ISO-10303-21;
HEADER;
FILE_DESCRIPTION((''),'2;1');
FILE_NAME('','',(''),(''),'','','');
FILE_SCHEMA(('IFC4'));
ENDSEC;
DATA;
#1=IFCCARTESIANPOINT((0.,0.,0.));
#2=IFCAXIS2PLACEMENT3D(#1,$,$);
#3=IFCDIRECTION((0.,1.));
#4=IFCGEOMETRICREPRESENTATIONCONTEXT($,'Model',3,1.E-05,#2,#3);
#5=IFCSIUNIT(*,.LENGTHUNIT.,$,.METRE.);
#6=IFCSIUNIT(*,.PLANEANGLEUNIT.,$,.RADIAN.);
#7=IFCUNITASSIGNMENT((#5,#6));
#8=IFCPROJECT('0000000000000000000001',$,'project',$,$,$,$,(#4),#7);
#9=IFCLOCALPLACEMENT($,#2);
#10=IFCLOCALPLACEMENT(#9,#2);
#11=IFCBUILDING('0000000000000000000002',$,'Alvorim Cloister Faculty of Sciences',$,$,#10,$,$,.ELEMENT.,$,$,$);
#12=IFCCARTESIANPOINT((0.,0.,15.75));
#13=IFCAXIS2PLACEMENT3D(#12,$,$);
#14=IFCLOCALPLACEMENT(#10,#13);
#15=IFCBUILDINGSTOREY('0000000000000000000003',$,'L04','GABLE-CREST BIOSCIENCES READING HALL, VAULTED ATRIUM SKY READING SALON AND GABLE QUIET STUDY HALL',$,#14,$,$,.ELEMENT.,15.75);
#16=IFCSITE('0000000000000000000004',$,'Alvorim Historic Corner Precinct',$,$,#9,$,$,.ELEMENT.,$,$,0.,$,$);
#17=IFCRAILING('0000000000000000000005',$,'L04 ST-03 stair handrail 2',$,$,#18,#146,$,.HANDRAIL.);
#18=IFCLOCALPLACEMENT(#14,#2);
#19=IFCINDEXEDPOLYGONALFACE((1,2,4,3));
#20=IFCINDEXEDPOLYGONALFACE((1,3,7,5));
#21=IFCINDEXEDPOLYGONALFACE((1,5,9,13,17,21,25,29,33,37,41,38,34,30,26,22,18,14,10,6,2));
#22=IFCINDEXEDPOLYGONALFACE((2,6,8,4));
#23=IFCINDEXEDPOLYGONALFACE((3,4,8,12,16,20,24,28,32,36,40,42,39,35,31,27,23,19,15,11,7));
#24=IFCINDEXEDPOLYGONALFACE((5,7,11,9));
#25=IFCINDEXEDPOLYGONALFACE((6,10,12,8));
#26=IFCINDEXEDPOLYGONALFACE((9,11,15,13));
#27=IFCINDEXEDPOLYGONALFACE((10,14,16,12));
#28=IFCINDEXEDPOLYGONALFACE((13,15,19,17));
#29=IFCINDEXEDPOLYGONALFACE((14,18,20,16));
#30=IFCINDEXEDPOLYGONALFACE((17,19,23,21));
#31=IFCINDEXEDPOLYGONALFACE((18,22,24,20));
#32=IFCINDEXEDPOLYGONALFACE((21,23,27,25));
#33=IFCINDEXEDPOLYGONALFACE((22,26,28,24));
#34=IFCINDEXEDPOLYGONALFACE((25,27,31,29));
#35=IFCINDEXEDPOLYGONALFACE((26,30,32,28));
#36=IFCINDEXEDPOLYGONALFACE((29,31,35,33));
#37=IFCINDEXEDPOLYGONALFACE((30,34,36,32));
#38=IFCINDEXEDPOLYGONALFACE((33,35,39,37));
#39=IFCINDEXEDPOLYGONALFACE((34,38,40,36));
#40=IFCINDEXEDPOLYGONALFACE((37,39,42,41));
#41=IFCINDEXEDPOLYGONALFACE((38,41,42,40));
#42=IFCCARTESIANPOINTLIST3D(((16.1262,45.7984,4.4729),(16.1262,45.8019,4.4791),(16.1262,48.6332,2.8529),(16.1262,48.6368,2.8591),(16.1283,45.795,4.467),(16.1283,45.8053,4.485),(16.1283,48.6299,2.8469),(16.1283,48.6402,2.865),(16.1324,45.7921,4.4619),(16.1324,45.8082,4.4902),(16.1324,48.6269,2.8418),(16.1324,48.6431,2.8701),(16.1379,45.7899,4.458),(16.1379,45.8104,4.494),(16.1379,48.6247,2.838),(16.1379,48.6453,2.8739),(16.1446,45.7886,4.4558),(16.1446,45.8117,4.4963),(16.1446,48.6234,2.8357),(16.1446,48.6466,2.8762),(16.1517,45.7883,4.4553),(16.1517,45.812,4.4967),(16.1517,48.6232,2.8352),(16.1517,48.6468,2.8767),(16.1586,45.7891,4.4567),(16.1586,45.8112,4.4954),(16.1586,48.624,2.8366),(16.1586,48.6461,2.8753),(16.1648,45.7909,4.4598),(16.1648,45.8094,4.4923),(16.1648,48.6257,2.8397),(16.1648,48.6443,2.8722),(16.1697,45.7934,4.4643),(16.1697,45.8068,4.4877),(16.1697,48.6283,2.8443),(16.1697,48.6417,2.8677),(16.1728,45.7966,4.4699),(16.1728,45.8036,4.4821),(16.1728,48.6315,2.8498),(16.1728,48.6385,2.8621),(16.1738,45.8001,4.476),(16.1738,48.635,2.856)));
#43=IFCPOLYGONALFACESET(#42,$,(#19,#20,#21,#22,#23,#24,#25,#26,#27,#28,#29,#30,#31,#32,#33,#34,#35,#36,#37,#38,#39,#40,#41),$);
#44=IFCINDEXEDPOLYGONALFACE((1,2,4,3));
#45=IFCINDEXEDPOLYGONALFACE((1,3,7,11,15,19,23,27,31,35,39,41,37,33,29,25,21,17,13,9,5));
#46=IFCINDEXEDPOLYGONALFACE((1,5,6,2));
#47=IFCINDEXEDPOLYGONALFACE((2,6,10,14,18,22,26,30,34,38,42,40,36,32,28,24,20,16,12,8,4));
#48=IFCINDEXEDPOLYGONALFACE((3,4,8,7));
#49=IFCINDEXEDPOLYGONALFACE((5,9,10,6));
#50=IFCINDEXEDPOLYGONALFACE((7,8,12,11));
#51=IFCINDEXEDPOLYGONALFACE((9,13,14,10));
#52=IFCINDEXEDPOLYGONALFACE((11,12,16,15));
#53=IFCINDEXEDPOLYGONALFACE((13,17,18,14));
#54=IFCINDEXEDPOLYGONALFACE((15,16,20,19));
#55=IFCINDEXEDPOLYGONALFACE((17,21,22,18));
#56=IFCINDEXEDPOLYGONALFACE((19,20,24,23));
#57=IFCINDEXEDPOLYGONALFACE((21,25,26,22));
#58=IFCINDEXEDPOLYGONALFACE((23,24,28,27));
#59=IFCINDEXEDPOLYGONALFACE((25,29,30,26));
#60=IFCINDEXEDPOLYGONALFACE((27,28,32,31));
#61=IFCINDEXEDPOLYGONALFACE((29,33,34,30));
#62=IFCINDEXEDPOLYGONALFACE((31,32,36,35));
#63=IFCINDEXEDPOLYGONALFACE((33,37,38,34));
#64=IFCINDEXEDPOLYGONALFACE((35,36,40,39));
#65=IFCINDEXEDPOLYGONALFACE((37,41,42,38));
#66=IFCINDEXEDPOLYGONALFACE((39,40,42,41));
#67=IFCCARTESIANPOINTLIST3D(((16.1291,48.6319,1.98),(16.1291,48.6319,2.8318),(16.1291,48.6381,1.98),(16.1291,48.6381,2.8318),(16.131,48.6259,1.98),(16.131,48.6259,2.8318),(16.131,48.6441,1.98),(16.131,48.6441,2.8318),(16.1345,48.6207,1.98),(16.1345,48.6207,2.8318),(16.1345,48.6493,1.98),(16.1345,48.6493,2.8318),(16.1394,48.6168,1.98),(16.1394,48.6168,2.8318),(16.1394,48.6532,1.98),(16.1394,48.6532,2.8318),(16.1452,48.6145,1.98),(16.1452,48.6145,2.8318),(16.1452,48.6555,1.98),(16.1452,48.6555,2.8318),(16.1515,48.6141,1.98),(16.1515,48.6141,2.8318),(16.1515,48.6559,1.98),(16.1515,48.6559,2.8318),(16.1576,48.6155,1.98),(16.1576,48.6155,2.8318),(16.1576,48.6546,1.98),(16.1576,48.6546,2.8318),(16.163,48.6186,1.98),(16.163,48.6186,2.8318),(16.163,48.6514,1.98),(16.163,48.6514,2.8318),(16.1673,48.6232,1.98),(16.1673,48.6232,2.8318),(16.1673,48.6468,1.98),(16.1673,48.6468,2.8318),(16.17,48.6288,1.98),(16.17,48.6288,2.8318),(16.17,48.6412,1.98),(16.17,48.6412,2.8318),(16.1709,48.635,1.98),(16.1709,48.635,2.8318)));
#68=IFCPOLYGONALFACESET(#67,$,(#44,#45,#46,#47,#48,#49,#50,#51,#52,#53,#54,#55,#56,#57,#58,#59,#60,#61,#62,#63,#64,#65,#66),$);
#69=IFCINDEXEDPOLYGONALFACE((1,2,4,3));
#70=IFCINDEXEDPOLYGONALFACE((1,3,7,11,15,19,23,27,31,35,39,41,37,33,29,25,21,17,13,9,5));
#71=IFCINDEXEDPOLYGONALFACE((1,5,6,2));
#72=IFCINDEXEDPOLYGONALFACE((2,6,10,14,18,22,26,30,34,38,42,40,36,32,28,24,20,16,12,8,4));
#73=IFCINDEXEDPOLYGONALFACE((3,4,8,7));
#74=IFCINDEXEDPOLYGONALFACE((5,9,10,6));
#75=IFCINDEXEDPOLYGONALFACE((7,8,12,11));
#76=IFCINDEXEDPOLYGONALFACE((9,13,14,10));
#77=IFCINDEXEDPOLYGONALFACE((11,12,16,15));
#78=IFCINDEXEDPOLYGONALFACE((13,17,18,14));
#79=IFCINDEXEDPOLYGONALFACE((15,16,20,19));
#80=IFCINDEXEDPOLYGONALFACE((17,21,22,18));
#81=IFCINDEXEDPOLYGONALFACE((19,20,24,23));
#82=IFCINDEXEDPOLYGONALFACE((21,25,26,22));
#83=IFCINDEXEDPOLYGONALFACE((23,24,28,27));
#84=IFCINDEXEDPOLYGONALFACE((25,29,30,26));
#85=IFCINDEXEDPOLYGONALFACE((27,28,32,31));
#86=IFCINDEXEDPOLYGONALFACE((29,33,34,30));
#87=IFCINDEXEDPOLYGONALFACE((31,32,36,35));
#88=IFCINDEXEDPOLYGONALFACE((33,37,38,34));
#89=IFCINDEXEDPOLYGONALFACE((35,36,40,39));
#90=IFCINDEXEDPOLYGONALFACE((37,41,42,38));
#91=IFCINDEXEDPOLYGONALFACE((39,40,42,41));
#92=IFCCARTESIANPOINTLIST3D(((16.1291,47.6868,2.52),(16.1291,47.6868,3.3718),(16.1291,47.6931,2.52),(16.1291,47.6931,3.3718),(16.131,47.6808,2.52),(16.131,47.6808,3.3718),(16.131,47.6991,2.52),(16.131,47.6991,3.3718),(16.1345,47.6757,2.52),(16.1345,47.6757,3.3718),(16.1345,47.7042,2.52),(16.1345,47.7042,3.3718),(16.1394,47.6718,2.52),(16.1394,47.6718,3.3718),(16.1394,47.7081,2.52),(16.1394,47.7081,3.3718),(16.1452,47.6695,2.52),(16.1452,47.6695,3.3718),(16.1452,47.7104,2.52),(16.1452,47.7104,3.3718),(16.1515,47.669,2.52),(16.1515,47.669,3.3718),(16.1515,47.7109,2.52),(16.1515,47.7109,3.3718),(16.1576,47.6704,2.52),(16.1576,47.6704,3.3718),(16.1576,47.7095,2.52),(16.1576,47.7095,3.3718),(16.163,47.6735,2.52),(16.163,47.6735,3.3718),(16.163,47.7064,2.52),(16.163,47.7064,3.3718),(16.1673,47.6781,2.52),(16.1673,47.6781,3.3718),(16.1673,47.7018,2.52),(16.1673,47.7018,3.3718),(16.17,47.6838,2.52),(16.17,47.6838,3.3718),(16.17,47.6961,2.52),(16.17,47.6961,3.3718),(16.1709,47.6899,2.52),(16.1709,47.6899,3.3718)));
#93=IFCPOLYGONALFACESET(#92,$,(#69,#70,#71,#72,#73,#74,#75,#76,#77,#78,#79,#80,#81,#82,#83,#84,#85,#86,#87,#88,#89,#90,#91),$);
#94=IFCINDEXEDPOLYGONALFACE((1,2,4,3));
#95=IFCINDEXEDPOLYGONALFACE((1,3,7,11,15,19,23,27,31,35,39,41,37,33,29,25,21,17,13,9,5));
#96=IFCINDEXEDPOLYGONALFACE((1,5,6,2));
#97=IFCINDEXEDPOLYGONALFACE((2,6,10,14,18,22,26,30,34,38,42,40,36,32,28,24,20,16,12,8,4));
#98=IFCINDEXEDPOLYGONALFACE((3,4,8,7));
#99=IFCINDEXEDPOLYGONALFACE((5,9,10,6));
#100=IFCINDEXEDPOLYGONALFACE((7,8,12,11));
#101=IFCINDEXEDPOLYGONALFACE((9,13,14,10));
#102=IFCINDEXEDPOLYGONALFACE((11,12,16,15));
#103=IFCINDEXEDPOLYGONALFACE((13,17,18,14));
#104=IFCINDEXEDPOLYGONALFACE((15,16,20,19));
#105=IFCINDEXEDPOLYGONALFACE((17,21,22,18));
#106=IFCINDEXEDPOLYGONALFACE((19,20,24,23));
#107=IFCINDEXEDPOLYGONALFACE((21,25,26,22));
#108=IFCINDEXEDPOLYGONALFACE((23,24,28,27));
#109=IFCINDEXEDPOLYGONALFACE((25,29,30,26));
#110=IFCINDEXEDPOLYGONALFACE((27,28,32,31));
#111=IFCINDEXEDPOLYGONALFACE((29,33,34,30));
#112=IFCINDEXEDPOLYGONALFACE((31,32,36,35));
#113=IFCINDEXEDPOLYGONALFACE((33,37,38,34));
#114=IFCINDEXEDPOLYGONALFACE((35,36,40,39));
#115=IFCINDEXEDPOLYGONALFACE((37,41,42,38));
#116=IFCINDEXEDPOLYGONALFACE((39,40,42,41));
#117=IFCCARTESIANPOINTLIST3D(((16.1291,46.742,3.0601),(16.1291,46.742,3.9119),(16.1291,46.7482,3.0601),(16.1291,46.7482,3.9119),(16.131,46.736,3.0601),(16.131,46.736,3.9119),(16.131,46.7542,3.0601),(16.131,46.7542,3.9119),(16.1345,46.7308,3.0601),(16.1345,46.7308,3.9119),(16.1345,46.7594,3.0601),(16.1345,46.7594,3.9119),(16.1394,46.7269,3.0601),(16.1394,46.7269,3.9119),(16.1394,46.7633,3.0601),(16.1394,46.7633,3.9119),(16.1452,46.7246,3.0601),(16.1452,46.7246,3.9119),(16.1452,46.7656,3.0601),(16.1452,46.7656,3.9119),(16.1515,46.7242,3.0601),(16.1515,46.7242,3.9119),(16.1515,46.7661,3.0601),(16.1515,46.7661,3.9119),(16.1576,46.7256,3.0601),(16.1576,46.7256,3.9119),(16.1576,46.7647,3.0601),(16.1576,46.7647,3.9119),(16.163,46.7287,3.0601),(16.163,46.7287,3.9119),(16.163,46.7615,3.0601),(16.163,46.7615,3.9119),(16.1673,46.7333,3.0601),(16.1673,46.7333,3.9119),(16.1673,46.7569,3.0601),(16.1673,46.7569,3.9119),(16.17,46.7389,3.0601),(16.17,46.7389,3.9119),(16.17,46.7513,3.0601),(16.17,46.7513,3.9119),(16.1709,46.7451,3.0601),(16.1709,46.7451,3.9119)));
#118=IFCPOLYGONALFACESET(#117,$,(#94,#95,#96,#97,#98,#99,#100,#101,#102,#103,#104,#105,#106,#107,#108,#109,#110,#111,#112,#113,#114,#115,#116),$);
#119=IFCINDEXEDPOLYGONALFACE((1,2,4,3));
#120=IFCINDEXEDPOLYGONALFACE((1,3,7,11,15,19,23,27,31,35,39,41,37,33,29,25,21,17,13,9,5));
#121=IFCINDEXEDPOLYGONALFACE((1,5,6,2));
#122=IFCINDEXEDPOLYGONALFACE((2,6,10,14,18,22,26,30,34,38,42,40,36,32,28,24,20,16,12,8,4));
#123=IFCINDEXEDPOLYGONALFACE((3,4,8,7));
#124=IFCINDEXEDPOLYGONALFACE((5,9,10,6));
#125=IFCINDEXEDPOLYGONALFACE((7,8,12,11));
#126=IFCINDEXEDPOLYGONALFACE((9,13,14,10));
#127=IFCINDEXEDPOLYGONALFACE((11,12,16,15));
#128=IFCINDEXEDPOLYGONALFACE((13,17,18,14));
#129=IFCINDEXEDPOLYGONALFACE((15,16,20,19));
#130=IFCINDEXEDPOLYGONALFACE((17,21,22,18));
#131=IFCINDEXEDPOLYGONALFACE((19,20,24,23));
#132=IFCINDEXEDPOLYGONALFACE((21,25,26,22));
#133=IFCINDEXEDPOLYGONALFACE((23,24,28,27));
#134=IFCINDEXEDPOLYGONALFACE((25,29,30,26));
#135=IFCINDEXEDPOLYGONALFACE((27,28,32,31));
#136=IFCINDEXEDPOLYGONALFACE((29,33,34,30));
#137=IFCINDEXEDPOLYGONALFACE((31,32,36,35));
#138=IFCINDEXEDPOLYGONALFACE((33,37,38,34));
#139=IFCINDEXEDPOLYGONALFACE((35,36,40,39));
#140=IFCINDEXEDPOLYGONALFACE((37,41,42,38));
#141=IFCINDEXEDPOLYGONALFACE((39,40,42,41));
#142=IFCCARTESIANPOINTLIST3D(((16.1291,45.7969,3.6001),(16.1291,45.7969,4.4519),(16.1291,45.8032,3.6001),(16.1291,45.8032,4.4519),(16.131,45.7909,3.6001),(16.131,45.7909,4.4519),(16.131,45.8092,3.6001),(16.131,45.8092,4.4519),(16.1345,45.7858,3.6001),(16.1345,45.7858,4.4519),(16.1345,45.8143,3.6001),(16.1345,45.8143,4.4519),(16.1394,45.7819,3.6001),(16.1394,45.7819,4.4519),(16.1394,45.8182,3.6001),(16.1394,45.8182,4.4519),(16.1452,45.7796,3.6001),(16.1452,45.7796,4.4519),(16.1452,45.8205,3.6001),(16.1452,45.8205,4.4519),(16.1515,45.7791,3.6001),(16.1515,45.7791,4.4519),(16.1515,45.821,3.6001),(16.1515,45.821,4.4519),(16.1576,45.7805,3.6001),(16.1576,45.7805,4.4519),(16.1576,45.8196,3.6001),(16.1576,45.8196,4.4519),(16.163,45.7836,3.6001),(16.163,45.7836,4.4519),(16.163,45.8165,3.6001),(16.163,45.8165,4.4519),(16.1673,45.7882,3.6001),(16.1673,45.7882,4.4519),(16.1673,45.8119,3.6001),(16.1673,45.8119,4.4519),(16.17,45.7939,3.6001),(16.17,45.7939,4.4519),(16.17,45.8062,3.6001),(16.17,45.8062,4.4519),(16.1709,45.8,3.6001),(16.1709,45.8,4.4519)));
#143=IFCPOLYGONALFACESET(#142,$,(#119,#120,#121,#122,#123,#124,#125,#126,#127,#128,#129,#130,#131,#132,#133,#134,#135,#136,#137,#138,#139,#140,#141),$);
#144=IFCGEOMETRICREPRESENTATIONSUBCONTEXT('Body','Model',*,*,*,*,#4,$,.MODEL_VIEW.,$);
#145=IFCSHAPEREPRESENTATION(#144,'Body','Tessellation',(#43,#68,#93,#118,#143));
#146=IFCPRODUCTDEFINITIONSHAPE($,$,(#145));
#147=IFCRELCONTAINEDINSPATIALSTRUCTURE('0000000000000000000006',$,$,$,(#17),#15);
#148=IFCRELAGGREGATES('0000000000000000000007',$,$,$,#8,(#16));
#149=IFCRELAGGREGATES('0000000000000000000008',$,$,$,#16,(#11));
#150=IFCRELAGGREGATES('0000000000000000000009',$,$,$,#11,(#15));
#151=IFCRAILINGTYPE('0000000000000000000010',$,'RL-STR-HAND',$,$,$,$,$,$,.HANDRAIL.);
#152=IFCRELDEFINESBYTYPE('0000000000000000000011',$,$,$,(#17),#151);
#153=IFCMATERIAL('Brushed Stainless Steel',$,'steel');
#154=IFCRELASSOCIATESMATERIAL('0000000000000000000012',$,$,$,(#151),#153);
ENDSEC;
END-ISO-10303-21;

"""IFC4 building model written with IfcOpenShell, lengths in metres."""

from ifc_helpers import new_model, si_unit, direction, frame, origin, origin_2d, place, context, subcontext, project, spatial, circle, extrude, material, type_object, element, save


model = new_model("IFC4")

# Units and contexts
model_context = context("Model", 3, precision=1e-05, world=origin(), true_north=direction((0.0, 1.0)))
body_context = subcontext(model_context, "Body", "Model", "MODEL_VIEW")
ifc_project = project(units=[si_unit("LENGTHUNIT", "METRE"), si_unit("PLANEANGLEUNIT", "RADIAN")], contexts=[model_context])

# Site, building, storey
site_placement = place(None, origin())
site = spatial("IfcSite", under=ifc_project, at=site_placement, Name="Alvorim Historic Corner Precinct", CompositionType="ELEMENT", RefElevation=0.0)
building_placement = place(site_placement, origin())
building = spatial("IfcBuilding", under=site, at=building_placement, Name="Alvorim Cloister Faculty of Sciences", CompositionType="ELEMENT")
storey_placement = place(building_placement, frame((0.0, 0.0, 15.75)))
storey = spatial("IfcBuildingStorey", under=building, at=storey_placement, Name="L04", Description="GABLE-CREST BIOSCIENCES READING HALL, VAULTED ATRIUM SKY READING SALON AND GABLE QUIET STUDY HALL", CompositionType="ELEMENT", Elevation=15.75)

# Shared definitions
ifc_material_1 = material(Name="Brushed Stainless Steel", Category="steel")

# Railing
railing_type_1 = type_object("IfcRailingType", Name="RL-STR-HAND", PredefinedType="HANDRAIL", material=ifc_material_1)
railing_1_placement = place(storey_placement, frame((16.1499, 48.635, 1.98)))
element("IfcRailing", 1, at=railing_1_placement, inside=storey, type_object=railing_type_1, Name="L04 ST-03 stair handrail 2", PredefinedType="HANDRAIL", context=body_context, shape_type="SweptSolid", body=[
    extrude(circle(Radius=0.0239, at=origin_2d()), frame((0.0, 0.0, 0.876), z_axis=(0.0, -0.868225, 0.496171), x_axis=(1.0, 0.0, 0.0)), (0.0, 0.0, 1.0), 3.2651),
    extrude(circle(Radius=0.021, at=origin_2d()), origin(), (0.0, 0.0, 1.0), 0.8518),
    extrude(circle(Radius=0.021, at=origin_2d()), frame((0.0, -0.9451, 0.54)), (0.0, 0.0, 1.0), 0.8518),
    extrude(circle(Radius=0.021, at=origin_2d()), frame((0.0, -1.8899, 1.0801)), (0.0, 0.0, 1.0), 0.8518),
    extrude(circle(Radius=0.021, at=origin_2d()), frame((0.0, -2.835, 1.6201)), (0.0, 0.0, 1.0), 0.8518),
])

save(model, "model.ifc")
